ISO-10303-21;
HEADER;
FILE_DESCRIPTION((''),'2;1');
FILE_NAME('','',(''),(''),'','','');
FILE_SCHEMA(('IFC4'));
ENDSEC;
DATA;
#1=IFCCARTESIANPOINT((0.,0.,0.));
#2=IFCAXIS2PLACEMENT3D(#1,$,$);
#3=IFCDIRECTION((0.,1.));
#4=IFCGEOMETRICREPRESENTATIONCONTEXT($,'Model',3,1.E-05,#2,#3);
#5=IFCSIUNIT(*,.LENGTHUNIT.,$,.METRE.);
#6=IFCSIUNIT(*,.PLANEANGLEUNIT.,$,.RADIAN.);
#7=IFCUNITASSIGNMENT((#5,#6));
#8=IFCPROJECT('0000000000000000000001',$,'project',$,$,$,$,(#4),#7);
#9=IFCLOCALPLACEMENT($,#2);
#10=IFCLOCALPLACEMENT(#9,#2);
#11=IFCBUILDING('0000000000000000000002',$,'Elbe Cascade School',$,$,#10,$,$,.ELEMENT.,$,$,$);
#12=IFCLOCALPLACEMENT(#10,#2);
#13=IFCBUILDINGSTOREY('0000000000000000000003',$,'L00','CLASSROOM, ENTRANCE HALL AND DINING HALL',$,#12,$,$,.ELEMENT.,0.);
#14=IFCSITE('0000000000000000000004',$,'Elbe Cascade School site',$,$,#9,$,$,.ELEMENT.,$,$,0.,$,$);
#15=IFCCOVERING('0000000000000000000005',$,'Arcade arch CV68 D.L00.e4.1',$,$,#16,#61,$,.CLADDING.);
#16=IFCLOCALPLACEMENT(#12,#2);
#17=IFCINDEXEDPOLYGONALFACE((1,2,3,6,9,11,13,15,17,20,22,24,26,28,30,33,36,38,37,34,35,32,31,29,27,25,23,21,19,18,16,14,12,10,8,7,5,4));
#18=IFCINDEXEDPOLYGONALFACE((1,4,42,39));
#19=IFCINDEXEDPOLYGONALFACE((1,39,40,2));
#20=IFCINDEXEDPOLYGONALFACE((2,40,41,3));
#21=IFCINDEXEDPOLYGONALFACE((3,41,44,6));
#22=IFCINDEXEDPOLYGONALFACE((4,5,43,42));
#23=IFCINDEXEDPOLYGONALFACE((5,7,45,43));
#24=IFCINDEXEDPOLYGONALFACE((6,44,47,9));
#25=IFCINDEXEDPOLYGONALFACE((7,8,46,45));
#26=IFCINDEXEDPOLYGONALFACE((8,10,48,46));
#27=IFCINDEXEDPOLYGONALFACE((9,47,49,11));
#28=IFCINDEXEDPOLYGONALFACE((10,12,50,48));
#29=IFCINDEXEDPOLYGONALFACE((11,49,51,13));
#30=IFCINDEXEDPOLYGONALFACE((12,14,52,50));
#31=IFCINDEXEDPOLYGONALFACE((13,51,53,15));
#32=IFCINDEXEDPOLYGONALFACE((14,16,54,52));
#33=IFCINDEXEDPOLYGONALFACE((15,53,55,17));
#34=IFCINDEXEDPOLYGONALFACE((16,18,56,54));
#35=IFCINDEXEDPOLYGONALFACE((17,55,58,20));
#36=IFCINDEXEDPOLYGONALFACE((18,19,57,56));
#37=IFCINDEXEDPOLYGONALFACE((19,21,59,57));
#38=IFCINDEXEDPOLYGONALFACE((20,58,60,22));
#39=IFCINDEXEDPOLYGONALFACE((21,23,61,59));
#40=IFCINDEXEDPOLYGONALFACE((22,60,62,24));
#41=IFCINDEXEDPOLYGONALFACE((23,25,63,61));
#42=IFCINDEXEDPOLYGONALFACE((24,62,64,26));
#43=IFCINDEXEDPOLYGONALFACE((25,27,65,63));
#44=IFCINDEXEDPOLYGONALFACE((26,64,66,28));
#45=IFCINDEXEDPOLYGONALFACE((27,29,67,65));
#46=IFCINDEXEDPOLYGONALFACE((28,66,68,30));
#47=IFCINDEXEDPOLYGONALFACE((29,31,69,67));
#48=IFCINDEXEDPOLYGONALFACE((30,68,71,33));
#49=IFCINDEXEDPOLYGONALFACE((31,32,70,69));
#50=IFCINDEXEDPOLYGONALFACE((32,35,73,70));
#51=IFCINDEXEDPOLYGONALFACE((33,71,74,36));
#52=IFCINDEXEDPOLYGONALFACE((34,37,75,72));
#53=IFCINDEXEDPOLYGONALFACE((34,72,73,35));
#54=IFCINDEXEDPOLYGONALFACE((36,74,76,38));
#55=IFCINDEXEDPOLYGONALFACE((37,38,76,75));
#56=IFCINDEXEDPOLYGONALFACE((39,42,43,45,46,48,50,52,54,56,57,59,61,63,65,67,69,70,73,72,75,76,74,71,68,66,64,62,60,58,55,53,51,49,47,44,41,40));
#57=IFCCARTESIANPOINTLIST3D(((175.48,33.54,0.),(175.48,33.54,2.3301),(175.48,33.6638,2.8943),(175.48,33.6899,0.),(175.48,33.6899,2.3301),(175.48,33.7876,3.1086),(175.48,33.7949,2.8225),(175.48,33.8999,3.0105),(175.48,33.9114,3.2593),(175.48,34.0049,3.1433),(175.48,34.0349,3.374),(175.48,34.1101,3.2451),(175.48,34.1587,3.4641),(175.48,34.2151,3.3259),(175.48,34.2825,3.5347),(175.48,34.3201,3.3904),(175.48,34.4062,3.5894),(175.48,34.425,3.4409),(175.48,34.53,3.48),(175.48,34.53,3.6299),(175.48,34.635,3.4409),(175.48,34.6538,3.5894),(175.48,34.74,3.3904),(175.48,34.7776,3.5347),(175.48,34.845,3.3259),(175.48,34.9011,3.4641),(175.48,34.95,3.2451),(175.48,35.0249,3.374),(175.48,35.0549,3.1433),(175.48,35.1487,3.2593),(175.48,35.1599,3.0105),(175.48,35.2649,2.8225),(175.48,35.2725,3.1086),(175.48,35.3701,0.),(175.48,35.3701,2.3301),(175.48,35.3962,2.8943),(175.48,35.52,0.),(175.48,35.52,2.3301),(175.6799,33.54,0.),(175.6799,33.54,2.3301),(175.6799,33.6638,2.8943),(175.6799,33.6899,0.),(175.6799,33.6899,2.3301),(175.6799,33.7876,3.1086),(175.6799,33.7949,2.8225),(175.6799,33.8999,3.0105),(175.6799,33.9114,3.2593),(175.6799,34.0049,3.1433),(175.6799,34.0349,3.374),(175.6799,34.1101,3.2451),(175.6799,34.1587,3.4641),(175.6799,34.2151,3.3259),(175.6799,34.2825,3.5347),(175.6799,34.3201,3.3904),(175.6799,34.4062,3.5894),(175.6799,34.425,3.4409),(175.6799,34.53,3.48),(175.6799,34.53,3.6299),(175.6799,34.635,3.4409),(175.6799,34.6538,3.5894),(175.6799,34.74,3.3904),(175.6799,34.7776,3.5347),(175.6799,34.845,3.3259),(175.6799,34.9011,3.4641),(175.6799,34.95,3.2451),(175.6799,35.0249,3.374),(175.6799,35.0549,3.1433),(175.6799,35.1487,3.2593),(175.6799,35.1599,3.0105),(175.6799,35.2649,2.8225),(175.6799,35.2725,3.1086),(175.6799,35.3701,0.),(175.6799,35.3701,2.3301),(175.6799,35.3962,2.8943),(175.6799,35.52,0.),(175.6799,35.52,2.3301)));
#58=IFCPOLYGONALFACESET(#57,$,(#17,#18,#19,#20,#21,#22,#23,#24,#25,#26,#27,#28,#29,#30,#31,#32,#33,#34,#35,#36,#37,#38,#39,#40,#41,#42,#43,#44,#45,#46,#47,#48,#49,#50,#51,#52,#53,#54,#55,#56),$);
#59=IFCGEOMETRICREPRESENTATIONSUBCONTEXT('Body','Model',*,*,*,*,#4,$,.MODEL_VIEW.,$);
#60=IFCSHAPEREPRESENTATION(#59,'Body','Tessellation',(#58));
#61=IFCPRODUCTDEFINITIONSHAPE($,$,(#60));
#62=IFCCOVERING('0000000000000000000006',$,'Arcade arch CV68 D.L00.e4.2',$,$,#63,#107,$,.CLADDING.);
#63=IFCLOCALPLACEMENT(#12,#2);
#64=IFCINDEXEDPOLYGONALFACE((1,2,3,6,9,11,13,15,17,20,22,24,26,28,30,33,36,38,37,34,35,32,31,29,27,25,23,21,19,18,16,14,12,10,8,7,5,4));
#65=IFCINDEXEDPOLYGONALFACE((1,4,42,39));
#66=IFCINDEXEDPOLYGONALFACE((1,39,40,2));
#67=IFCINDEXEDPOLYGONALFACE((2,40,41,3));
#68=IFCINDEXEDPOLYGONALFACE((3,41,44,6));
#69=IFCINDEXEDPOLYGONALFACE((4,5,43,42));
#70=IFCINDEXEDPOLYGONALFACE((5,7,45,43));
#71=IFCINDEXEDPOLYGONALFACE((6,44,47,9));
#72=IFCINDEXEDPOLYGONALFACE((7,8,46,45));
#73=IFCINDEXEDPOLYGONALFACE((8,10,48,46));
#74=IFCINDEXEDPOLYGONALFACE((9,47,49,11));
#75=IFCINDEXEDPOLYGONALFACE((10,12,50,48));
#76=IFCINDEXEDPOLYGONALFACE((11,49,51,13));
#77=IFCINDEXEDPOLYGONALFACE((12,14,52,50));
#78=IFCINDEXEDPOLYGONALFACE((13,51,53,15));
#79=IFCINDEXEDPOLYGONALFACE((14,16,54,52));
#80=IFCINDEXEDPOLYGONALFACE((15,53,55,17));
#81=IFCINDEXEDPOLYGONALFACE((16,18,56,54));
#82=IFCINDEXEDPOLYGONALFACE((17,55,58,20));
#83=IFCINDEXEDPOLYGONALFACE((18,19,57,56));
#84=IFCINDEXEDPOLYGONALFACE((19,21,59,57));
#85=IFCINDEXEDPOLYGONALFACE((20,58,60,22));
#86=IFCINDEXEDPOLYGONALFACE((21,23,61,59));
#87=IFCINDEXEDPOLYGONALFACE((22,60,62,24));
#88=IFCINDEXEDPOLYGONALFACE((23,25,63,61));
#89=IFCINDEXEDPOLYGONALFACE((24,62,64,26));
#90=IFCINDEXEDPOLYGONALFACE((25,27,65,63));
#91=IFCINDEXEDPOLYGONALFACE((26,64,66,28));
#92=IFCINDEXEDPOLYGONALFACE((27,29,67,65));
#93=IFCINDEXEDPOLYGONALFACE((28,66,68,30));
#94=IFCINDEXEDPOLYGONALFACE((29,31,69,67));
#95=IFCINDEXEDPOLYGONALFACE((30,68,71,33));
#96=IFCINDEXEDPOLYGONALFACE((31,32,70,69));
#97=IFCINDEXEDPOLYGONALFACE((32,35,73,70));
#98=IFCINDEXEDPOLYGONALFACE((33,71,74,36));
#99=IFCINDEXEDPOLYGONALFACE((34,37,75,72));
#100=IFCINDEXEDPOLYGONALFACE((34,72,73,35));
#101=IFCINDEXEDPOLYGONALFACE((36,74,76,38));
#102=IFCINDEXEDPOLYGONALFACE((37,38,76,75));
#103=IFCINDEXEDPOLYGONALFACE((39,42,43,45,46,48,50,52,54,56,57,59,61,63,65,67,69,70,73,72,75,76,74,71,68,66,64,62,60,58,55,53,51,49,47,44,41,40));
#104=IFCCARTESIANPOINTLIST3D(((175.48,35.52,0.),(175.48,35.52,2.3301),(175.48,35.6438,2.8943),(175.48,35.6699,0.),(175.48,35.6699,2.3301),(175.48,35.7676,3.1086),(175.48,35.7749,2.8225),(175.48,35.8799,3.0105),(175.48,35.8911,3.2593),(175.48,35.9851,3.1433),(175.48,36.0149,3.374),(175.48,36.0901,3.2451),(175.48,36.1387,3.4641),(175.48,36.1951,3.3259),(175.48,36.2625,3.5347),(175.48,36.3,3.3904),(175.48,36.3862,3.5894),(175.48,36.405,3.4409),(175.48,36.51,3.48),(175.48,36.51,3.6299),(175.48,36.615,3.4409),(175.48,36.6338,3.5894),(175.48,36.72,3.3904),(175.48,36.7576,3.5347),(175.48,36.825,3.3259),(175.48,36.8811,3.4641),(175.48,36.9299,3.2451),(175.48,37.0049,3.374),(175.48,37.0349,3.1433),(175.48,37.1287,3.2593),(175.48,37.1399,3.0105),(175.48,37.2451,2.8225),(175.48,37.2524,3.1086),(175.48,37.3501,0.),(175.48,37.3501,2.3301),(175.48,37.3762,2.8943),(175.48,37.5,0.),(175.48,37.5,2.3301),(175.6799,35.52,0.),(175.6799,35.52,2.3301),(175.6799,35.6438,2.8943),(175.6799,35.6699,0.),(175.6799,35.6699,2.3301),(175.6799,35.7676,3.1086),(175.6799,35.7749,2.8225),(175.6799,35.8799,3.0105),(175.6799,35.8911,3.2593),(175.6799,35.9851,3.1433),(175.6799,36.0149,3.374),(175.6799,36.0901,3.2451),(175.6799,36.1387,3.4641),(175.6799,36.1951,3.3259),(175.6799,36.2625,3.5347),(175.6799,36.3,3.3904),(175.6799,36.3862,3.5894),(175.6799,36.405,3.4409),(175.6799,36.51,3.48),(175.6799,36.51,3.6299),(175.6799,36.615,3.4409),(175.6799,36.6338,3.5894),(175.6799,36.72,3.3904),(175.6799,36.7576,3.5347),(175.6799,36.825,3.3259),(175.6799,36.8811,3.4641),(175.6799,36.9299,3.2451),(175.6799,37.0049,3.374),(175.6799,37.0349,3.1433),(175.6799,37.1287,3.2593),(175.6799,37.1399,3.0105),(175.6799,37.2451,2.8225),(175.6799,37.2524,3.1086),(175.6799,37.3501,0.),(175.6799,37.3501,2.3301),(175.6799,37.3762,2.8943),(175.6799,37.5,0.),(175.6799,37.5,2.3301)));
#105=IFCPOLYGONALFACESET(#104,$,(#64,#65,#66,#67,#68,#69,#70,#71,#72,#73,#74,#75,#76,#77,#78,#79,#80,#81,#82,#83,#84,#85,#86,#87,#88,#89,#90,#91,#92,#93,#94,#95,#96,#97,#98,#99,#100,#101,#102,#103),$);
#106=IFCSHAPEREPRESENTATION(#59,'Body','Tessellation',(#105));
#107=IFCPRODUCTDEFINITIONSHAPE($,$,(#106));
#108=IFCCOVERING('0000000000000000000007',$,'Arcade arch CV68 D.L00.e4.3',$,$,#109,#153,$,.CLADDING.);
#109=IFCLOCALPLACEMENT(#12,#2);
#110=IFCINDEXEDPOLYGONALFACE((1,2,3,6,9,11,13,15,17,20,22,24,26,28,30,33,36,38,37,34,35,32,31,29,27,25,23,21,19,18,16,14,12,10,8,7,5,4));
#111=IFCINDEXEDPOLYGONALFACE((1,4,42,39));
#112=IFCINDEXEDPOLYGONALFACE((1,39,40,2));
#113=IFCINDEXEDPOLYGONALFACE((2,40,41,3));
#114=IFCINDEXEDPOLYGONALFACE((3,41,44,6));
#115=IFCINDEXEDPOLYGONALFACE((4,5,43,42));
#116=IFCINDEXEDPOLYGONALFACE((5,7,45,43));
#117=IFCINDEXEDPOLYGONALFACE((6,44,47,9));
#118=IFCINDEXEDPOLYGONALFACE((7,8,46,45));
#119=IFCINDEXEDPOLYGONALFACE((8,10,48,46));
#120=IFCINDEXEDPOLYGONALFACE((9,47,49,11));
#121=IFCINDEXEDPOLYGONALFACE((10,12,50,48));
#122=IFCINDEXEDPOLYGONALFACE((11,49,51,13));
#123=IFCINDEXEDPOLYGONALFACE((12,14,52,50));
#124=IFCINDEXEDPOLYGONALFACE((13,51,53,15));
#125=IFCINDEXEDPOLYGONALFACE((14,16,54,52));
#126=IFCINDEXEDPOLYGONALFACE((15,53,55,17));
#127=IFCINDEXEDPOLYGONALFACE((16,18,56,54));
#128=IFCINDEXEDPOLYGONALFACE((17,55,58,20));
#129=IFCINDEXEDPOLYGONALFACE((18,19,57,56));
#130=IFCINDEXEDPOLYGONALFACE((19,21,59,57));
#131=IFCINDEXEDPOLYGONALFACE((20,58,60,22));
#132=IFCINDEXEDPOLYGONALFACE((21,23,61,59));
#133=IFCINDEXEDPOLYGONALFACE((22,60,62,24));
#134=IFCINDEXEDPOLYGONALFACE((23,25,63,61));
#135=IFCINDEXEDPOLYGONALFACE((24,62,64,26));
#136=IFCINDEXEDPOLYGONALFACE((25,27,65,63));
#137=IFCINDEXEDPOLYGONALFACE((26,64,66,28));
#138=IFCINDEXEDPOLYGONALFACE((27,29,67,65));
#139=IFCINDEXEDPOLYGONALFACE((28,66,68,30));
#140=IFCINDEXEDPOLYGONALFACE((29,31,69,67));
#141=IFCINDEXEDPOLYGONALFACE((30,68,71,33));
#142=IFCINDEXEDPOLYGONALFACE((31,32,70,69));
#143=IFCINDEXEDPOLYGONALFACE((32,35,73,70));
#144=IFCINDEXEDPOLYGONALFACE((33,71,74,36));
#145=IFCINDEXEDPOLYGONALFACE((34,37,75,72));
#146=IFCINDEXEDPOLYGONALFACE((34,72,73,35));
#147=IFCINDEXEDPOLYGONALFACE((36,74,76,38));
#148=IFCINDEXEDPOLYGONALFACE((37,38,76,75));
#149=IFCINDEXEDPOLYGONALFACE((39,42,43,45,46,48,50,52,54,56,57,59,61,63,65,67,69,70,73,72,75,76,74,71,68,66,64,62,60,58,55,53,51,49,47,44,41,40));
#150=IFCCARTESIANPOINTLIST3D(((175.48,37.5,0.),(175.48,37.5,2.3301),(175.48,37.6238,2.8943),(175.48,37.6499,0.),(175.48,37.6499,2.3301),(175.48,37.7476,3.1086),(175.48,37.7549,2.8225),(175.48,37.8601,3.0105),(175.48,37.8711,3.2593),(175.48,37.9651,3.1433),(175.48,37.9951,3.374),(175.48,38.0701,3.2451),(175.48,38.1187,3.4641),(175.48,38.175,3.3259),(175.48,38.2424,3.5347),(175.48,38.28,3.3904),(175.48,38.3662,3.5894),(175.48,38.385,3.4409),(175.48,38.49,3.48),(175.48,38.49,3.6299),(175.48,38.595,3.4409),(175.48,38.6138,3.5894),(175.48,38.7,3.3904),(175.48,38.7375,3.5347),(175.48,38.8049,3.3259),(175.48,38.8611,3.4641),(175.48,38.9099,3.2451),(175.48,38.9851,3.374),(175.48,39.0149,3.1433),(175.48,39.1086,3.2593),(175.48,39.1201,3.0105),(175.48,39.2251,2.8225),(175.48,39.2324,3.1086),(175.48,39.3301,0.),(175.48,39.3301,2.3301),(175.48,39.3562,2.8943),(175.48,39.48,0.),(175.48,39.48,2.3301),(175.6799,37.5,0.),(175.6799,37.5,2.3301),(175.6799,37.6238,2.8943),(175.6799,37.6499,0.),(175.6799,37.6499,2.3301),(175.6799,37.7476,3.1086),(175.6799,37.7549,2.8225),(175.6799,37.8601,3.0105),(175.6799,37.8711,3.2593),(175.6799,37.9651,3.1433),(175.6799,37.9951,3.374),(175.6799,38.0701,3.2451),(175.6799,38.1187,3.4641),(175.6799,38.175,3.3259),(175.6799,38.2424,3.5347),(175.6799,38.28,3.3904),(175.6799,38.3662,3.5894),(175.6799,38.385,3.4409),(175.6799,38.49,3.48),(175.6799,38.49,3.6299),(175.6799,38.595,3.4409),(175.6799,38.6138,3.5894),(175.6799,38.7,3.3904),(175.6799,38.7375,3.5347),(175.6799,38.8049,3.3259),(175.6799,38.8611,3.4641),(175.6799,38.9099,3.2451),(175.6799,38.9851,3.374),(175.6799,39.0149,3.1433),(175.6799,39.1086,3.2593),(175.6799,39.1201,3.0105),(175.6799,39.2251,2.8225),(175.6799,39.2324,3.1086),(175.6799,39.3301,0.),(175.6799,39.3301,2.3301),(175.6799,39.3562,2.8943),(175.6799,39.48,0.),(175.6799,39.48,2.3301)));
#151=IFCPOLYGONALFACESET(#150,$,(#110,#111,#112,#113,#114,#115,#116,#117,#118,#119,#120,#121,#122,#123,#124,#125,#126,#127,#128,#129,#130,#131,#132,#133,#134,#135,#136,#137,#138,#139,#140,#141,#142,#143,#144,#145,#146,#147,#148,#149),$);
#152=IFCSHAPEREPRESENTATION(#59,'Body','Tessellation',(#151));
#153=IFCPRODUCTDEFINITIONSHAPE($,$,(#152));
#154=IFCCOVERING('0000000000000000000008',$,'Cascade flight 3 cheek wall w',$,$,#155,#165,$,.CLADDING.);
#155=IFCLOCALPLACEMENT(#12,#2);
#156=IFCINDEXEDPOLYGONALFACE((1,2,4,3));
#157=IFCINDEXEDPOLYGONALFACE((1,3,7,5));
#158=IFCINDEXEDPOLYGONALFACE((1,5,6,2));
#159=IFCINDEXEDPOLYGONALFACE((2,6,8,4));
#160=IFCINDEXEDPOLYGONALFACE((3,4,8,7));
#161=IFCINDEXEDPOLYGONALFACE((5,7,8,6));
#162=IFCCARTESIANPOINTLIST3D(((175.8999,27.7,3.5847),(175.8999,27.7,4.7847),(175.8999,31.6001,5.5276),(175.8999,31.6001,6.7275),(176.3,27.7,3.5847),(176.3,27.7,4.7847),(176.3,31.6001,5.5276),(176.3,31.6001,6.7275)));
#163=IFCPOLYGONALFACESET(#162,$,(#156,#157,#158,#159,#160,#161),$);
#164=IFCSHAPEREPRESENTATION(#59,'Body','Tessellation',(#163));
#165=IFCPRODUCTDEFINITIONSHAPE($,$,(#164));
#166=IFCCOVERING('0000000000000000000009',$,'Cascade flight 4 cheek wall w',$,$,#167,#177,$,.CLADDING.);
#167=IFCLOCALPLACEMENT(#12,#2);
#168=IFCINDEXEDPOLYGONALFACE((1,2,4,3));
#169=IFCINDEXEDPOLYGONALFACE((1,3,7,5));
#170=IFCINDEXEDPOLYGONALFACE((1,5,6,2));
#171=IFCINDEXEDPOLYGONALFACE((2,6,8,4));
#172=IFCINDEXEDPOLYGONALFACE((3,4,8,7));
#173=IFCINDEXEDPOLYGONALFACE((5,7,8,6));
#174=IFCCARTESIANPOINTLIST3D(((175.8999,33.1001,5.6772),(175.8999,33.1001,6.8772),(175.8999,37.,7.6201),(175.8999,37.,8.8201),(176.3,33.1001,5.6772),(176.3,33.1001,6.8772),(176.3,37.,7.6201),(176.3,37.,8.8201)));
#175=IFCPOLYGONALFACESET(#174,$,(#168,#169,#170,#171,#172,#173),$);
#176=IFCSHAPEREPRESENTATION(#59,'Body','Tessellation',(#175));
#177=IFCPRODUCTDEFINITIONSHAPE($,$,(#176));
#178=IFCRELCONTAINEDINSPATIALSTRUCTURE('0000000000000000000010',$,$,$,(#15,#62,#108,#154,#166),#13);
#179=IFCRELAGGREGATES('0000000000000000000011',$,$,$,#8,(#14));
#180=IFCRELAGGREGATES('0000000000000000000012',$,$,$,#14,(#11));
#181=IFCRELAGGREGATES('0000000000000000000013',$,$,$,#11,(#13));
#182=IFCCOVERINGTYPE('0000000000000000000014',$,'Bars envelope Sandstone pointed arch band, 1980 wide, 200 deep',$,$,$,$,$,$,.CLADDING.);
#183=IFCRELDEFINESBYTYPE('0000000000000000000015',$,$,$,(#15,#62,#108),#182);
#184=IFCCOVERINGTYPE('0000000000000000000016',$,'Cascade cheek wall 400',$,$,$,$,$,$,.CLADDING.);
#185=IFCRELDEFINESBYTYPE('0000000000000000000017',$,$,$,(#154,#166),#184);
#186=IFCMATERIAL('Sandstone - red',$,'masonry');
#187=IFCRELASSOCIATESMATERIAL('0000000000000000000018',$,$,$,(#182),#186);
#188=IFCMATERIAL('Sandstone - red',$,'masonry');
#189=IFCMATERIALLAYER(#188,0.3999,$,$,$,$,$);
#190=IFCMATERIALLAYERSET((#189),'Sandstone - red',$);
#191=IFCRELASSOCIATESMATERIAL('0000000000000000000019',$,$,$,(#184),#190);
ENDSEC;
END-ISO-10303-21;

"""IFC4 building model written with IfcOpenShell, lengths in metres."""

from ifc_helpers import new_model, si_unit, direction, frame, origin, place, context, subcontext, project, spatial, polyline, outline, extrude, material, layer, layer_set, type_object, element, save


model = new_model("IFC4")

# Units and contexts
model_context = context("Model", 3, precision=1e-05, world=origin(), true_north=direction((0.0, 1.0)))
body_context = subcontext(model_context, "Body", "Model", "MODEL_VIEW")
ifc_project = project(units=[si_unit("LENGTHUNIT", "METRE"), si_unit("PLANEANGLEUNIT", "RADIAN")], contexts=[model_context])

# Site, building, storey
site_placement = place(None, origin())
site = spatial("IfcSite", under=ifc_project, at=site_placement, Name="Elbe Cascade School site", CompositionType="ELEMENT", RefElevation=0.0)
building_placement = place(site_placement, origin())
building = spatial("IfcBuilding", under=site, at=building_placement, Name="Elbe Cascade School", CompositionType="ELEMENT")
storey_placement = place(building_placement, origin())
storey = spatial("IfcBuildingStorey", under=building, at=storey_placement, Name="L00", Description="CLASSROOM, ENTRANCE HALL AND DINING HALL", CompositionType="ELEMENT", Elevation=0.0)

# Coverings
ifc_material_1 = material(Name="Sandstone - red", Category="masonry")
covering_type_1 = type_object("IfcCoveringType", Name="Bars envelope Sandstone pointed arch band, 1980 wide, 200 deep", PredefinedType="CLADDING", material=ifc_material_1)
covering_1_placement = place(storey_placement, frame((175.6799, 33.6899, 0.0), z_axis=(1.0, 0.0, 0.0), x_axis=(0.0, 0.0, 1.0)))
element("IfcCovering", 1, at=covering_1_placement, inside=storey, type_object=covering_type_1, Name="Arcade arch CV68 D.L00.e4.1", PredefinedType="CLADDING", context=body_context, shape_type="SweptSolid", body=[
    extrude(outline(polyline([(0.0, 0.0), (2.3301, 0.0), (2.8225, -0.105), (3.0105, -0.21), (3.1433, -0.3149), (3.2451, -0.4202), (3.3259, -0.5251), (3.3904, -0.6301), (3.4409, -0.7351), (3.48, -0.8401), (3.4409, -0.9451), (3.3904, -1.05), (3.3259, -1.155), (3.2451, -1.26), (3.1433, -1.365), (3.0105, -1.47), (2.8225, -1.575), (2.3301, -1.6802), (0.0, -1.6802), (0.0, -1.8301), (2.3301, -1.8301), (2.8943, -1.7063), (3.1086, -1.5825), (3.2593, -1.4587), (3.374, -1.335), (3.4641, -1.2112), (3.5347, -1.0876), (3.5894, -0.9639), (3.6299, -0.8401), (3.5894, -0.7163), (3.5347, -0.5925), (3.4641, -0.4688), (3.374, -0.345), (3.2593, -0.2214), (3.1086, -0.0977), (2.8943, 0.0261), (2.3301, 0.1499), (0.0, 0.1499), (0.0, 0.0)])), origin(), (0.0, 0.0, -1.0), 0.2),
])
covering_2_placement = place(storey_placement, frame((175.6799, 35.6699, 0.0), z_axis=(1.0, 0.0, 0.0), x_axis=(0.0, 0.0, 1.0)))
element("IfcCovering", 2, at=covering_2_placement, inside=storey, type_object=covering_type_1, Name="Arcade arch CV68 D.L00.e4.2", PredefinedType="CLADDING", context=body_context, shape_type="SweptSolid", body=[
    extrude(outline(polyline([(0.0, 0.0), (2.3301, 0.0), (2.8225, -0.105), (3.0105, -0.21), (3.1433, -0.3152), (3.2451, -0.4202), (3.3259, -0.5251), (3.3904, -0.6301), (3.4409, -0.7351), (3.48, -0.8401), (3.4409, -0.9451), (3.3904, -1.05), (3.3259, -1.155), (3.2451, -1.26), (3.1433, -1.365), (3.0105, -1.47), (2.8225, -1.5752), (2.3301, -1.6802), (0.0, -1.6802), (0.0, -1.8301), (2.3301, -1.8301), (2.8943, -1.7063), (3.1086, -1.5825), (3.2593, -1.4587), (3.374, -1.335), (3.4641, -1.2112), (3.5347, -1.0876), (3.5894, -0.9639), (3.6299, -0.8401), (3.5894, -0.7163), (3.5347, -0.5925), (3.4641, -0.4688), (3.374, -0.345), (3.2593, -0.2212), (3.1086, -0.0977), (2.8943, 0.0261), (2.3301, 0.1499), (0.0, 0.1499), (0.0, 0.0)])), origin(), (0.0, 0.0, -1.0), 0.2),
])
covering_3_placement = place(storey_placement, frame((175.6799, 37.6499, 0.0), z_axis=(1.0, 0.0, 0.0), x_axis=(0.0, 0.0, 1.0)))
element("IfcCovering", 3, at=covering_3_placement, inside=storey, type_object=covering_type_1, Name="Arcade arch CV68 D.L00.e4.3", PredefinedType="CLADDING", context=body_context, shape_type="SweptSolid", body=[
    extrude(outline(polyline([(0.0, 0.0), (2.3301, 0.0), (2.8225, -0.105), (3.0105, -0.2102), (3.1433, -0.3152), (3.2451, -0.4202), (3.3259, -0.5251), (3.3904, -0.6301), (3.4409, -0.7351), (3.48, -0.8401), (3.4409, -0.9451), (3.3904, -1.05), (3.3259, -1.155), (3.2451, -1.26), (3.1433, -1.365), (3.0105, -1.4702), (2.8225, -1.5752), (2.3301, -1.6802), (0.0, -1.6802), (0.0, -1.8301), (2.3301, -1.8301), (2.8943, -1.7063), (3.1086, -1.5825), (3.2593, -1.4587), (3.374, -1.3352), (3.4641, -1.2112), (3.5347, -1.0876), (3.5894, -0.9639), (3.6299, -0.8401), (3.5894, -0.7163), (3.5347, -0.5925), (3.4641, -0.4688), (3.374, -0.3452), (3.2593, -0.2212), (3.1086, -0.0977), (2.8943, 0.0261), (2.3301, 0.1499), (0.0, 0.1499), (0.0, 0.0)])), origin(), (0.0, 0.0, -1.0), 0.2),
])
ifc_material_2 = material(Name="Sandstone - red", Category="masonry")
ifc_layer_1 = layer(ifc_material_2, 0.3999)
ifc_layer_set_1 = layer_set([ifc_layer_1], Name="Sandstone - red")
covering_type_2 = type_object("IfcCoveringType", Name="Cascade cheek wall 400", PredefinedType="CLADDING", material=ifc_layer_set_1)
covering_4_placement = place(storey_placement, frame((175.8999, 27.7, 4.7847), z_axis=(0.0, -0.445891, 0.895087), x_axis=(0.0, 0.895087, 0.445891)))
element("IfcCovering", 4, at=covering_4_placement, inside=storey, type_object=covering_type_2, Name="Cascade flight 3 cheek wall w", PredefinedType="CLADDING", context=body_context, shape_type="SweptSolid", body=[
    extrude(outline(polyline([(0.0, 0.0), (4.3573, 0.0), (4.3573, -0.4001), (0.0, -0.4001), (0.0, 0.0)])), origin(), (-0.445891, 0.0, -0.895087), 1.2),
])
covering_5_placement = place(storey_placement, frame((175.8999, 33.1001, 6.8772), z_axis=(0.0, -0.445913, 0.895076), x_axis=(0.0, 0.895076, 0.445913)))
element("IfcCovering", 5, at=covering_5_placement, inside=storey, type_object=covering_type_2, Name="Cascade flight 4 cheek wall w", PredefinedType="CLADDING", context=body_context, shape_type="SweptSolid", body=[
    extrude(outline(polyline([(0.0, 0.0), (4.3571, 0.0), (4.3571, -0.4001), (0.0, -0.4001), (0.0, 0.0)])), origin(), (-0.445913, 0.0, -0.895076), 1.2),
])

save(model, "model.ifc")
